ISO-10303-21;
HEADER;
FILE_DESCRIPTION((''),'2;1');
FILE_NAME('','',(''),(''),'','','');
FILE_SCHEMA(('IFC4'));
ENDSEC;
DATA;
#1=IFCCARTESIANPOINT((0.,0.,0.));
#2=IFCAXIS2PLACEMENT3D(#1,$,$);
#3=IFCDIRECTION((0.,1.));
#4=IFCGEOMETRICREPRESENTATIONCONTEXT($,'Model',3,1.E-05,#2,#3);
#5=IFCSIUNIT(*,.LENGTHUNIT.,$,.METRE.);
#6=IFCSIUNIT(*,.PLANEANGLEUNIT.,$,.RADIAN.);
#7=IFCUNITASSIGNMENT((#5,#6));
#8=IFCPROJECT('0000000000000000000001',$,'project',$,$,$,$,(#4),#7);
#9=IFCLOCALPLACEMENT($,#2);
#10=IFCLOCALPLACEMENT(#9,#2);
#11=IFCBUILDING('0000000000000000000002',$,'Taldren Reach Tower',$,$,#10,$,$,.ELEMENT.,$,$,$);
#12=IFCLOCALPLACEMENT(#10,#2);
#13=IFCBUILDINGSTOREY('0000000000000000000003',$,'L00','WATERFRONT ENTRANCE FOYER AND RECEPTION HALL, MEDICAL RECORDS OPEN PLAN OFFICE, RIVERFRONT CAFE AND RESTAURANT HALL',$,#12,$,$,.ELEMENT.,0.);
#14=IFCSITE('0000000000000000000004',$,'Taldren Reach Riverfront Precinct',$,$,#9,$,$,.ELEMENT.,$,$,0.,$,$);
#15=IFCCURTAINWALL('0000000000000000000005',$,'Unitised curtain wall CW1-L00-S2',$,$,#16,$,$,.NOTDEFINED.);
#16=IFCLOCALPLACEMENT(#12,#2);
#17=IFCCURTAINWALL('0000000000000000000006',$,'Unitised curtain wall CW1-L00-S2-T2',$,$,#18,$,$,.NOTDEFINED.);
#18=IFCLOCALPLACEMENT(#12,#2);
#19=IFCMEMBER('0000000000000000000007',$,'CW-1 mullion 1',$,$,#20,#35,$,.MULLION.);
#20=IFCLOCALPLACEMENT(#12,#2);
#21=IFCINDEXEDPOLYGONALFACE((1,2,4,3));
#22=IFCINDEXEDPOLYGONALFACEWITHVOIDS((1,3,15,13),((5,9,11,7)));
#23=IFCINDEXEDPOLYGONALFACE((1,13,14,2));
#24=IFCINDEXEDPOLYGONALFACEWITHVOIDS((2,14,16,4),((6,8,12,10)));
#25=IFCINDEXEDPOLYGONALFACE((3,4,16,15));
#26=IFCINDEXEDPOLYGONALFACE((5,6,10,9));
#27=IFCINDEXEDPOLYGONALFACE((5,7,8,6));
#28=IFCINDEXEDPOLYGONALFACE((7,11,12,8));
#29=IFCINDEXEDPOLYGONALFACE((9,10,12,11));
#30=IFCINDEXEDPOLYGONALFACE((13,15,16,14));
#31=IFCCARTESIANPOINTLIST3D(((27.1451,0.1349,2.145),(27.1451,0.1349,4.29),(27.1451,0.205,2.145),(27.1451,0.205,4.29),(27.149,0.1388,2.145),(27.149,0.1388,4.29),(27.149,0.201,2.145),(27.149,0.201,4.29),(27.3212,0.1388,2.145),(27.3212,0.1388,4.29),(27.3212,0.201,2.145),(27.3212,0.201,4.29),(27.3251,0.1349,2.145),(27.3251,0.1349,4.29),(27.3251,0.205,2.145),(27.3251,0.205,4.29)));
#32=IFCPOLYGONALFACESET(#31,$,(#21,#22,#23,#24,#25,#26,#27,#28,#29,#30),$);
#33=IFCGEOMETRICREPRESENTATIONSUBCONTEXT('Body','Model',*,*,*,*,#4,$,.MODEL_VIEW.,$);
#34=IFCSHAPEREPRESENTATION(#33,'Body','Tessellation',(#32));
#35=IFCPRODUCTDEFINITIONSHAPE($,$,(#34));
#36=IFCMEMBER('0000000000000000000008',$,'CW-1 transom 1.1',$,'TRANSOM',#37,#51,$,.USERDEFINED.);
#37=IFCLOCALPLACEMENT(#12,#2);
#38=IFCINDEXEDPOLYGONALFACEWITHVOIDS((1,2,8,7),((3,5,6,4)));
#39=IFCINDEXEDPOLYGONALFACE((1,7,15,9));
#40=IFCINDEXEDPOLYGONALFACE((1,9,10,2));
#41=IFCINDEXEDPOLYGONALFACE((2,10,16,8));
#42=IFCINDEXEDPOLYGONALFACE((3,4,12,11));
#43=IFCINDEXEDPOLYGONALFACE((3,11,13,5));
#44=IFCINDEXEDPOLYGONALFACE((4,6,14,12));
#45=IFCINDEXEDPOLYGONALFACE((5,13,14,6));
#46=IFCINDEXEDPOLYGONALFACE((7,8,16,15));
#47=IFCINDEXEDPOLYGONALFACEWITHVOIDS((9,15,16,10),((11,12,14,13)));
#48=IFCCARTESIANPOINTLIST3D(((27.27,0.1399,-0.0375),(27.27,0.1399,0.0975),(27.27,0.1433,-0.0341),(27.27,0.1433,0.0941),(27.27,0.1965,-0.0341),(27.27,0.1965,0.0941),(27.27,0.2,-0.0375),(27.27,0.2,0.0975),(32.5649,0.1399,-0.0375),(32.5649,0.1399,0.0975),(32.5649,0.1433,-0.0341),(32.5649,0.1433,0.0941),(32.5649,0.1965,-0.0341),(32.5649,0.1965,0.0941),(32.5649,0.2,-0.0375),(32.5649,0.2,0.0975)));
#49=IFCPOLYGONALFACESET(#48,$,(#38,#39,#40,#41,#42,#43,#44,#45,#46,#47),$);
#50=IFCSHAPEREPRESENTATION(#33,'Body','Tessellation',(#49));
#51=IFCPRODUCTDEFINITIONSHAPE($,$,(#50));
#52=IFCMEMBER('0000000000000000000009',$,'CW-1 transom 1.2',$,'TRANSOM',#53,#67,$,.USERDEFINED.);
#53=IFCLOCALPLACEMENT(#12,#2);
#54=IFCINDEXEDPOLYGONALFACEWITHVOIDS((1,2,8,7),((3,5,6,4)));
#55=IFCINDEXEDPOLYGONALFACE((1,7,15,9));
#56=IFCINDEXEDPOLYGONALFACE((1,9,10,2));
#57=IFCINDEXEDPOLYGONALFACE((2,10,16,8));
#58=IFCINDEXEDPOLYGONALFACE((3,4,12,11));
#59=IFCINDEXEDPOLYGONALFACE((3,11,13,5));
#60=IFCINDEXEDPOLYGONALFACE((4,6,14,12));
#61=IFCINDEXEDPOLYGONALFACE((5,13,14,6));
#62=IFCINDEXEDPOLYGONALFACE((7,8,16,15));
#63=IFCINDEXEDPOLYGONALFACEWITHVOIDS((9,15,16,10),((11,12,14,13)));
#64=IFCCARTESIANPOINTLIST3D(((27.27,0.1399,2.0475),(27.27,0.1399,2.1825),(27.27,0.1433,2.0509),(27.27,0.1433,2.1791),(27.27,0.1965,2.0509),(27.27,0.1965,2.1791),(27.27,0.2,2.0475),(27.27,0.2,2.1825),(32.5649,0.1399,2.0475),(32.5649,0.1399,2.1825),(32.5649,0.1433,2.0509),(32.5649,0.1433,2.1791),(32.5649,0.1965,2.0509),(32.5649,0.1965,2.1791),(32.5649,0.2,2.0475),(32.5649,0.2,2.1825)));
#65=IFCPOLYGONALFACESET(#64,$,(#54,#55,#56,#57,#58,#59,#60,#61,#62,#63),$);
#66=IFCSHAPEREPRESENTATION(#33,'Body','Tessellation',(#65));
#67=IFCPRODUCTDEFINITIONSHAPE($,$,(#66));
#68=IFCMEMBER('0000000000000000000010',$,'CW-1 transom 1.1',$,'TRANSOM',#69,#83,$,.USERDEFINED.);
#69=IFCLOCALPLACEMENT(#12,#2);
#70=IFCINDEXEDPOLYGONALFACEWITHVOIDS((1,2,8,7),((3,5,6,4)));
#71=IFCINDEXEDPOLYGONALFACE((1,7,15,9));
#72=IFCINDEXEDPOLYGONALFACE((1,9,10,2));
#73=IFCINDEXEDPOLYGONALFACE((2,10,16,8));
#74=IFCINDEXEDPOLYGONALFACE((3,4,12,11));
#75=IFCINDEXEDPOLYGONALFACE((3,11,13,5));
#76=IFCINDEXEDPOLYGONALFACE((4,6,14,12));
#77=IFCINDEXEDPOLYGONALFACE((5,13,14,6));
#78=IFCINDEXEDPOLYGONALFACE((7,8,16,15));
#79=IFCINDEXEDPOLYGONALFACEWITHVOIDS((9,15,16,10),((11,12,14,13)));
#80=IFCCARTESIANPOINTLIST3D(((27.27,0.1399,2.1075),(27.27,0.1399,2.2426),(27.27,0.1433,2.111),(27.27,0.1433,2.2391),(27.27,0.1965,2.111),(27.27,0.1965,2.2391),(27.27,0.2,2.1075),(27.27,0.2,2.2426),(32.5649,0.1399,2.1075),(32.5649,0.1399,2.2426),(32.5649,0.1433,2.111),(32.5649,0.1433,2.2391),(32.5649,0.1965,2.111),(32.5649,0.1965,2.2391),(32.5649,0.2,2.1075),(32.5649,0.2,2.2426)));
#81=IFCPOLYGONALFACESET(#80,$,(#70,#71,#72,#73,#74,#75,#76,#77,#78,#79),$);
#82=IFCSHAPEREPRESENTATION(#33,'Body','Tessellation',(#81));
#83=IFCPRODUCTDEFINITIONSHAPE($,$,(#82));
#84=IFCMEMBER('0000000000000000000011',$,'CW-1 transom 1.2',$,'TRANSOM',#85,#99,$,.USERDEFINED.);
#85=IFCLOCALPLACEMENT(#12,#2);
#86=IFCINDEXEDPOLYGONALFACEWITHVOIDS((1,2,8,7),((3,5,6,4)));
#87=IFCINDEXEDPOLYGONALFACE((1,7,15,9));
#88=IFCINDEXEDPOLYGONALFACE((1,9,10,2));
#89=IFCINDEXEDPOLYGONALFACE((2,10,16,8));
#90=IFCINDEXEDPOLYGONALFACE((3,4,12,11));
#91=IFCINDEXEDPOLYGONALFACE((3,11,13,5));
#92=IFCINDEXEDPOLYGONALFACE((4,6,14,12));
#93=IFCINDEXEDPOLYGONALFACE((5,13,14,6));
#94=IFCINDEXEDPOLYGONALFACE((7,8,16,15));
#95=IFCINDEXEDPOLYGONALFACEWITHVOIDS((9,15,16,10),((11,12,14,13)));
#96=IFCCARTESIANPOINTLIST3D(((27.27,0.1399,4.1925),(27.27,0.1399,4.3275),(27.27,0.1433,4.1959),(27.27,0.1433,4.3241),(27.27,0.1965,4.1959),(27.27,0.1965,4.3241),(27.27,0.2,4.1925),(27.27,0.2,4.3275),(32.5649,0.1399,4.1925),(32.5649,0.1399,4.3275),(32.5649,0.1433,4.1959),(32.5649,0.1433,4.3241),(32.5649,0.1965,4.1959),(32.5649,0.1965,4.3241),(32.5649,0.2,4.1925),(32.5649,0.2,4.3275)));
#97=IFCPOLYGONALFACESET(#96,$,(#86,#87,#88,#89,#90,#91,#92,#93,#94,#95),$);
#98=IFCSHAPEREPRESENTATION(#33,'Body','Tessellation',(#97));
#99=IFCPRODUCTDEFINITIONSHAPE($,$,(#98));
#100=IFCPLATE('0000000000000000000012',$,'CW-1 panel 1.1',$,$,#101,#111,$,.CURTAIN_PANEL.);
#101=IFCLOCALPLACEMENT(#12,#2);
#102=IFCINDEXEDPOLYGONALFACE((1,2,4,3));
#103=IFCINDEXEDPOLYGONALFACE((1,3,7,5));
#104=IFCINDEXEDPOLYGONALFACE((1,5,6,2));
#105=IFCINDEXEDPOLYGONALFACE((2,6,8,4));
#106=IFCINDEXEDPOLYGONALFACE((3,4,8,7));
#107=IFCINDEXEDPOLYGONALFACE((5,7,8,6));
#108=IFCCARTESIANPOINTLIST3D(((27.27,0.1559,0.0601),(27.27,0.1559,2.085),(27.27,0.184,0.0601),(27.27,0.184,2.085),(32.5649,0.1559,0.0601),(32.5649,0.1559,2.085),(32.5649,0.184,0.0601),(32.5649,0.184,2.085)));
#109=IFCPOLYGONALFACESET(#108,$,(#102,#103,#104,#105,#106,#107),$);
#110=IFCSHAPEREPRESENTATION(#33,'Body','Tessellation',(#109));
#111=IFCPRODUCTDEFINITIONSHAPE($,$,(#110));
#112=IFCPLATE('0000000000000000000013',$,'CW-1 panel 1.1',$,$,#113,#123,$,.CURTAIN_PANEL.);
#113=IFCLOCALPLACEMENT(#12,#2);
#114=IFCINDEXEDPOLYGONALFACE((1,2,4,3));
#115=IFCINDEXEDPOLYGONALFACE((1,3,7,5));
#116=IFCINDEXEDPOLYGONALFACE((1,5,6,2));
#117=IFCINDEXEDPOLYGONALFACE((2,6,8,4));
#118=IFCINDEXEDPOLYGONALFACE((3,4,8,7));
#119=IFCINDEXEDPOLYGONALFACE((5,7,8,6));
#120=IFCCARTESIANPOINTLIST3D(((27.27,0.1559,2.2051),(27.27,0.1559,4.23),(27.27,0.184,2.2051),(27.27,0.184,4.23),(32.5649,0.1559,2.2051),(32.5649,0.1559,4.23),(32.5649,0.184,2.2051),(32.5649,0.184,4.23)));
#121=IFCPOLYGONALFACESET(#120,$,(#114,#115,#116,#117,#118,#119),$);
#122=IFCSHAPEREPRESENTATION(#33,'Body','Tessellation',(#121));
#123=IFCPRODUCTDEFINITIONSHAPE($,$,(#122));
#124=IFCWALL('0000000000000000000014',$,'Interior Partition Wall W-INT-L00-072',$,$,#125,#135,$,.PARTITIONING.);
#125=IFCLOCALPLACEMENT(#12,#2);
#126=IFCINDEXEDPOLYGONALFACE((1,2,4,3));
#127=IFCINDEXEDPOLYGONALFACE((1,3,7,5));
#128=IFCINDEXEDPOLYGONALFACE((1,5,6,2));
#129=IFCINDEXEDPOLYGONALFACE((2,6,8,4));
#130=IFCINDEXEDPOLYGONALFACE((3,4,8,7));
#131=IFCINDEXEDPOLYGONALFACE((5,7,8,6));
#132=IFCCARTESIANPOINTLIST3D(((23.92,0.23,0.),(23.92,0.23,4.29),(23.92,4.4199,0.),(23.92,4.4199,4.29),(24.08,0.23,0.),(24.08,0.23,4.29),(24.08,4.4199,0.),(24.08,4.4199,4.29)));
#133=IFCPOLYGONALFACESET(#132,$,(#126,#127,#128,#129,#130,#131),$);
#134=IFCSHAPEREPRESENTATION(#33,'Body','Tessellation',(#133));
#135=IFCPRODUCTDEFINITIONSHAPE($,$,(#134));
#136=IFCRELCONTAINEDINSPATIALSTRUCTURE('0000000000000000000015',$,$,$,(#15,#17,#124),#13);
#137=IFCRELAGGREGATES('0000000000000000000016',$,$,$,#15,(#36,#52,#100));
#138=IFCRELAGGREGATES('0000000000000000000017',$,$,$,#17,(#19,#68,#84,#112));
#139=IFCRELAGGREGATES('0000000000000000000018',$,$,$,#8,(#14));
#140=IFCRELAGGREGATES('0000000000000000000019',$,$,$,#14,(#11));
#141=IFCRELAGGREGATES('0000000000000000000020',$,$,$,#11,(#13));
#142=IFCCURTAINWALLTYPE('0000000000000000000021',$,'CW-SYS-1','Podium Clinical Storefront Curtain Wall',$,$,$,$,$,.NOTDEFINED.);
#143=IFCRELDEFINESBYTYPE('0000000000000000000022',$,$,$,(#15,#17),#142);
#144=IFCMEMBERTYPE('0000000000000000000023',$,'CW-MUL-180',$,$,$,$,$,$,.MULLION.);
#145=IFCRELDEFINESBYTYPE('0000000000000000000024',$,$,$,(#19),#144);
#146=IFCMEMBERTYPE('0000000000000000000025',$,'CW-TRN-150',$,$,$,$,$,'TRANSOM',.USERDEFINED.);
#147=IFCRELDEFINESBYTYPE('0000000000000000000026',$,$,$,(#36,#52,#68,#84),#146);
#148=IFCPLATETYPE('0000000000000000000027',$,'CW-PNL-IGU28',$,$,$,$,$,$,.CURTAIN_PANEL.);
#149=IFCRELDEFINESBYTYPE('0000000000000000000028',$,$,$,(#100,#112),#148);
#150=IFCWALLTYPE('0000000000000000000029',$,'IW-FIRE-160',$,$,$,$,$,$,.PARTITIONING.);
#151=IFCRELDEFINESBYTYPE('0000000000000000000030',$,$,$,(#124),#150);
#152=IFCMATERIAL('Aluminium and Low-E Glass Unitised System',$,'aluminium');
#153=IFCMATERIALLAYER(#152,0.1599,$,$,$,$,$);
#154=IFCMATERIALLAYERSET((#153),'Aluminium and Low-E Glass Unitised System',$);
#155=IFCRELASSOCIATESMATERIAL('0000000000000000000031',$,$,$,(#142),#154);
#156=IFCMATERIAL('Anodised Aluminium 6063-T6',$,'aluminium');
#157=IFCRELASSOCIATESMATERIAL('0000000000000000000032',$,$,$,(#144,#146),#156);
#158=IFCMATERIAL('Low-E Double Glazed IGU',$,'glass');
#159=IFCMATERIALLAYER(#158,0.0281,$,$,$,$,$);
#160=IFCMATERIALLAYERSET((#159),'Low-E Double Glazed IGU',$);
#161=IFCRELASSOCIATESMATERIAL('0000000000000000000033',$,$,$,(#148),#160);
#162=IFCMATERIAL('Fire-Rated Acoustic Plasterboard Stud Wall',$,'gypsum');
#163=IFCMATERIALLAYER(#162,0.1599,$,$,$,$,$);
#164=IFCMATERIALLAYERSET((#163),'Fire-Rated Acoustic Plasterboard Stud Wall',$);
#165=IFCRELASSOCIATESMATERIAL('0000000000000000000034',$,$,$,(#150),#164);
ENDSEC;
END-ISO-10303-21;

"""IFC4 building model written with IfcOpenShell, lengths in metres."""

from ifc_helpers import new_model, si_unit, direction, frame, frame_2d, origin, origin_2d, place, context, subcontext, project, spatial, rectangle, hollow_rectangle, extrude, source, transform, mapped, material, layer, layer_set, material_profile, profile_set, type_object, element, aggregate, save


model = new_model("IFC4")

# Units and contexts
model_context = context("Model", 3, precision=1e-05, world=origin(), true_north=direction((0.0, 1.0)))
body_context = subcontext(model_context, "Body", "Model", "MODEL_VIEW")
ifc_project = project(units=[si_unit("LENGTHUNIT", "METRE"), si_unit("PLANEANGLEUNIT", "RADIAN")], contexts=[model_context])

# Site, building, storey
site_placement = place(None, origin())
site = spatial("IfcSite", under=ifc_project, at=site_placement, Name="Taldren Reach Riverfront Precinct", CompositionType="ELEMENT", RefElevation=0.0)
building_placement = place(site_placement, origin())
building = spatial("IfcBuilding", under=site, at=building_placement, Name="Taldren Reach Tower", CompositionType="ELEMENT")
storey_placement = place(building_placement, origin())
storey = spatial("IfcBuildingStorey", under=building, at=storey_placement, Name="L00", Description="WATERFRONT ENTRANCE FOYER AND RECEPTION HALL, MEDICAL RECORDS OPEN PLAN OFFICE, RIVERFRONT CAFE AND RESTAURANT HALL", CompositionType="ELEMENT", Elevation=0.0)

# Curtain walls, member
ifc_material_1 = material(Name="Aluminium and Low-E Glass Unitised System", Category="aluminium")
ifc_layer_1 = layer(ifc_material_1, 0.1599)
ifc_layer_set_1 = layer_set([ifc_layer_1], Name="Aluminium and Low-E Glass Unitised System")
curtain_wall_type = type_object("IfcCurtainWallType", Name="CW-SYS-1", Description="Podium Clinical Storefront Curtain Wall", PredefinedType="NOTDEFINED", material=ifc_layer_set_1)
curtain_wall_1_placement = place(storey_placement, origin())
curtain_wall_1 = element("IfcCurtainWall", 1, at=curtain_wall_1_placement, inside=storey, type_object=curtain_wall_type, Name="Unitised curtain wall CW1-L00-S2", PredefinedType="NOTDEFINED")
ifc_material_2 = material(Name="Anodised Aluminium 6063-T6", Category="aluminium")
ifc_material_profile_1 = material_profile(ifc_material_2, hollow_rectangle(XDim=0.0701, YDim=0.1799, WallThickness=0.0039, at=origin_2d()), Name="ALU-180x70x4RHS")
ifc_profile_set_1 = profile_set([ifc_material_profile_1], Name="Anodised Aluminium 6063-T6")
member_type_1 = type_object("IfcMemberType", Name="CW-MUL-180", PredefinedType="MULLION", material=ifc_profile_set_1)
shared_shape_1 = source(origin(), body_context, "Body", "SweptSolid", [
    extrude(hollow_rectangle(XDim=0.0701, YDim=0.1799, WallThickness=0.0039, at=origin_2d()), origin(), (0.0, 0.0, 1.0), 2.145),
])
curtain_wall_2_placement = place(storey_placement, origin())
curtain_wall_2 = element("IfcCurtainWall", 2, at=curtain_wall_2_placement, inside=storey, type_object=curtain_wall_type, Name="Unitised curtain wall CW1-L00-S2-T2", PredefinedType="NOTDEFINED")
member_1_placement = place(storey_placement, frame((27.2351, 0.1699, 2.145), z_axis=(0.0, 0.0, 1.0), x_axis=(0.0, 1.0, 0.0)))
member_1 = element("IfcMember", 3, at=member_1_placement, type_object=member_type_1, Name="CW-1 mullion 1", PredefinedType="MULLION", context=body_context, shape_type="MappedRepresentation", body=[
    mapped(shared_shape_1, transform((0.0, 0.0, 0.0), scale=1.0)),
])

# Members
ifc_material_profile_2 = material_profile(ifc_material_2, hollow_rectangle(XDim=0.0601, YDim=0.135, WallThickness=0.0034, at=origin_2d()), Name="ALU-135x60x3.5RHS")
ifc_profile_set_2 = profile_set([ifc_material_profile_2], Name="Anodised Aluminium 6063-T6")
member_type_2 = type_object("IfcMemberType", Name="CW-TRN-150", ElementType="TRANSOM", PredefinedType="USERDEFINED", material=ifc_profile_set_2)
shared_shape_2 = source(origin(), body_context, "Body", "SweptSolid", [
    extrude(hollow_rectangle(XDim=0.0601, YDim=0.135, WallThickness=0.0034, at=origin_2d()), origin(), (0.0, 0.0, 1.0), 5.2949),
])
member_2_placement = place(storey_placement, frame((27.27, 0.1699, 0.03), z_axis=(1.0, 0.0, 0.0), x_axis=(0.0, 1.0, 0.0)))
member_2 = element("IfcMember", 4, at=member_2_placement, type_object=member_type_2, Name="CW-1 transom 1.1", ObjectType="TRANSOM", PredefinedType="USERDEFINED", context=body_context, shape_type="MappedRepresentation", body=[
    mapped(shared_shape_2, transform((0.0, 0.0, 0.0), scale=1.0)),
])
member_3_placement = place(storey_placement, frame((27.27, 0.1699, 2.115), z_axis=(1.0, 0.0, 0.0), x_axis=(0.0, 1.0, 0.0)))
member_3 = element("IfcMember", 5, at=member_3_placement, type_object=member_type_2, Name="CW-1 transom 1.2", ObjectType="TRANSOM", PredefinedType="USERDEFINED", context=body_context, shape_type="MappedRepresentation", body=[
    mapped(shared_shape_2, transform((0.0, 0.0, 0.0), scale=1.0)),
])
member_4_placement = place(storey_placement, frame((27.27, 0.1699, 2.175), z_axis=(1.0, 0.0, 0.0), x_axis=(0.0, 1.0, 0.0)))
member_4 = element("IfcMember", 6, at=member_4_placement, type_object=member_type_2, Name="CW-1 transom 1.1", ObjectType="TRANSOM", PredefinedType="USERDEFINED", context=body_context, shape_type="MappedRepresentation", body=[
    mapped(shared_shape_2, transform((0.0, 0.0, 0.0), scale=1.0)),
])
member_5_placement = place(storey_placement, frame((27.27, 0.1699, 4.26), z_axis=(1.0, 0.0, 0.0), x_axis=(0.0, 1.0, 0.0)))
member_5 = element("IfcMember", 7, at=member_5_placement, type_object=member_type_2, Name="CW-1 transom 1.2", ObjectType="TRANSOM", PredefinedType="USERDEFINED", context=body_context, shape_type="MappedRepresentation", body=[
    mapped(shared_shape_2, transform((0.0, 0.0, 0.0), scale=1.0)),
])

# Plates
ifc_material_3 = material(Name="Low-E Double Glazed IGU", Category="glass")
ifc_layer_2 = layer(ifc_material_3, 0.0281)
ifc_layer_set_2 = layer_set([ifc_layer_2], Name="Low-E Double Glazed IGU")
plate_type = type_object("IfcPlateType", Name="CW-PNL-IGU28", PredefinedType="CURTAIN_PANEL", material=ifc_layer_set_2)
shared_shape_3 = source(origin(), body_context, "Body", "SweptSolid", [
    extrude(rectangle(XDim=5.2949, YDim=0.0281, at=origin_2d()), origin(), (0.0, 0.0, 1.0), 2.0249),
])
plate_1_placement = place(storey_placement, frame((29.9175, 0.1699, 0.0601), z_axis=(0.0, 0.0, 1.0), x_axis=(1.0, 0.0, 0.0)))
plate_1 = element("IfcPlate", 8, at=plate_1_placement, type_object=plate_type, Name="CW-1 panel 1.1", PredefinedType="CURTAIN_PANEL", context=body_context, shape_type="MappedRepresentation", body=[
    mapped(shared_shape_3, transform((0.0, 0.0, 0.0), scale=1.0)),
])
aggregate(curtain_wall_1, [member_2, member_3, plate_1])
plate_2_placement = place(storey_placement, frame((29.9175, 0.1699, 2.2051), z_axis=(0.0, 0.0, 1.0), x_axis=(1.0, 0.0, 0.0)))
plate_2 = element("IfcPlate", 9, at=plate_2_placement, type_object=plate_type, Name="CW-1 panel 1.1", PredefinedType="CURTAIN_PANEL", context=body_context, shape_type="MappedRepresentation", body=[
    mapped(shared_shape_3, transform((0.0, 0.0, 0.0), scale=1.0)),
])
aggregate(curtain_wall_2, [member_1, member_4, member_5, plate_2])

# Wall
ifc_material_4 = material(Name="Fire-Rated Acoustic Plasterboard Stud Wall", Category="gypsum")
ifc_layer_3 = layer(ifc_material_4, 0.1599)
ifc_layer_set_3 = layer_set([ifc_layer_3], Name="Fire-Rated Acoustic Plasterboard Stud Wall")
wall_type = type_object("IfcWallType", Name="IW-FIRE-160", PredefinedType="PARTITIONING", material=ifc_layer_set_3)
shared_shape_4 = source(origin(), body_context, "Body", "SweptSolid", [
    extrude(rectangle(XDim=4.1899, YDim=0.1599, at=frame_2d((2.095, 0.0))), origin(), (0.0, 0.0, 1.0), 4.29),
])
wall_placement = place(storey_placement, frame((24.0, 4.4199, 0.0), z_axis=(0.0, 0.0, 1.0), x_axis=(0.0, -1.0, 0.0)))
element("IfcWall", 10, at=wall_placement, inside=storey, type_object=wall_type, Name="Interior Partition Wall W-INT-L00-072", PredefinedType="PARTITIONING", context=body_context, shape_type="MappedRepresentation", body=[
    mapped(shared_shape_4, transform((0.0, 0.0, 0.0), scale=1.0)),
])

save(model, "model.ifc")
